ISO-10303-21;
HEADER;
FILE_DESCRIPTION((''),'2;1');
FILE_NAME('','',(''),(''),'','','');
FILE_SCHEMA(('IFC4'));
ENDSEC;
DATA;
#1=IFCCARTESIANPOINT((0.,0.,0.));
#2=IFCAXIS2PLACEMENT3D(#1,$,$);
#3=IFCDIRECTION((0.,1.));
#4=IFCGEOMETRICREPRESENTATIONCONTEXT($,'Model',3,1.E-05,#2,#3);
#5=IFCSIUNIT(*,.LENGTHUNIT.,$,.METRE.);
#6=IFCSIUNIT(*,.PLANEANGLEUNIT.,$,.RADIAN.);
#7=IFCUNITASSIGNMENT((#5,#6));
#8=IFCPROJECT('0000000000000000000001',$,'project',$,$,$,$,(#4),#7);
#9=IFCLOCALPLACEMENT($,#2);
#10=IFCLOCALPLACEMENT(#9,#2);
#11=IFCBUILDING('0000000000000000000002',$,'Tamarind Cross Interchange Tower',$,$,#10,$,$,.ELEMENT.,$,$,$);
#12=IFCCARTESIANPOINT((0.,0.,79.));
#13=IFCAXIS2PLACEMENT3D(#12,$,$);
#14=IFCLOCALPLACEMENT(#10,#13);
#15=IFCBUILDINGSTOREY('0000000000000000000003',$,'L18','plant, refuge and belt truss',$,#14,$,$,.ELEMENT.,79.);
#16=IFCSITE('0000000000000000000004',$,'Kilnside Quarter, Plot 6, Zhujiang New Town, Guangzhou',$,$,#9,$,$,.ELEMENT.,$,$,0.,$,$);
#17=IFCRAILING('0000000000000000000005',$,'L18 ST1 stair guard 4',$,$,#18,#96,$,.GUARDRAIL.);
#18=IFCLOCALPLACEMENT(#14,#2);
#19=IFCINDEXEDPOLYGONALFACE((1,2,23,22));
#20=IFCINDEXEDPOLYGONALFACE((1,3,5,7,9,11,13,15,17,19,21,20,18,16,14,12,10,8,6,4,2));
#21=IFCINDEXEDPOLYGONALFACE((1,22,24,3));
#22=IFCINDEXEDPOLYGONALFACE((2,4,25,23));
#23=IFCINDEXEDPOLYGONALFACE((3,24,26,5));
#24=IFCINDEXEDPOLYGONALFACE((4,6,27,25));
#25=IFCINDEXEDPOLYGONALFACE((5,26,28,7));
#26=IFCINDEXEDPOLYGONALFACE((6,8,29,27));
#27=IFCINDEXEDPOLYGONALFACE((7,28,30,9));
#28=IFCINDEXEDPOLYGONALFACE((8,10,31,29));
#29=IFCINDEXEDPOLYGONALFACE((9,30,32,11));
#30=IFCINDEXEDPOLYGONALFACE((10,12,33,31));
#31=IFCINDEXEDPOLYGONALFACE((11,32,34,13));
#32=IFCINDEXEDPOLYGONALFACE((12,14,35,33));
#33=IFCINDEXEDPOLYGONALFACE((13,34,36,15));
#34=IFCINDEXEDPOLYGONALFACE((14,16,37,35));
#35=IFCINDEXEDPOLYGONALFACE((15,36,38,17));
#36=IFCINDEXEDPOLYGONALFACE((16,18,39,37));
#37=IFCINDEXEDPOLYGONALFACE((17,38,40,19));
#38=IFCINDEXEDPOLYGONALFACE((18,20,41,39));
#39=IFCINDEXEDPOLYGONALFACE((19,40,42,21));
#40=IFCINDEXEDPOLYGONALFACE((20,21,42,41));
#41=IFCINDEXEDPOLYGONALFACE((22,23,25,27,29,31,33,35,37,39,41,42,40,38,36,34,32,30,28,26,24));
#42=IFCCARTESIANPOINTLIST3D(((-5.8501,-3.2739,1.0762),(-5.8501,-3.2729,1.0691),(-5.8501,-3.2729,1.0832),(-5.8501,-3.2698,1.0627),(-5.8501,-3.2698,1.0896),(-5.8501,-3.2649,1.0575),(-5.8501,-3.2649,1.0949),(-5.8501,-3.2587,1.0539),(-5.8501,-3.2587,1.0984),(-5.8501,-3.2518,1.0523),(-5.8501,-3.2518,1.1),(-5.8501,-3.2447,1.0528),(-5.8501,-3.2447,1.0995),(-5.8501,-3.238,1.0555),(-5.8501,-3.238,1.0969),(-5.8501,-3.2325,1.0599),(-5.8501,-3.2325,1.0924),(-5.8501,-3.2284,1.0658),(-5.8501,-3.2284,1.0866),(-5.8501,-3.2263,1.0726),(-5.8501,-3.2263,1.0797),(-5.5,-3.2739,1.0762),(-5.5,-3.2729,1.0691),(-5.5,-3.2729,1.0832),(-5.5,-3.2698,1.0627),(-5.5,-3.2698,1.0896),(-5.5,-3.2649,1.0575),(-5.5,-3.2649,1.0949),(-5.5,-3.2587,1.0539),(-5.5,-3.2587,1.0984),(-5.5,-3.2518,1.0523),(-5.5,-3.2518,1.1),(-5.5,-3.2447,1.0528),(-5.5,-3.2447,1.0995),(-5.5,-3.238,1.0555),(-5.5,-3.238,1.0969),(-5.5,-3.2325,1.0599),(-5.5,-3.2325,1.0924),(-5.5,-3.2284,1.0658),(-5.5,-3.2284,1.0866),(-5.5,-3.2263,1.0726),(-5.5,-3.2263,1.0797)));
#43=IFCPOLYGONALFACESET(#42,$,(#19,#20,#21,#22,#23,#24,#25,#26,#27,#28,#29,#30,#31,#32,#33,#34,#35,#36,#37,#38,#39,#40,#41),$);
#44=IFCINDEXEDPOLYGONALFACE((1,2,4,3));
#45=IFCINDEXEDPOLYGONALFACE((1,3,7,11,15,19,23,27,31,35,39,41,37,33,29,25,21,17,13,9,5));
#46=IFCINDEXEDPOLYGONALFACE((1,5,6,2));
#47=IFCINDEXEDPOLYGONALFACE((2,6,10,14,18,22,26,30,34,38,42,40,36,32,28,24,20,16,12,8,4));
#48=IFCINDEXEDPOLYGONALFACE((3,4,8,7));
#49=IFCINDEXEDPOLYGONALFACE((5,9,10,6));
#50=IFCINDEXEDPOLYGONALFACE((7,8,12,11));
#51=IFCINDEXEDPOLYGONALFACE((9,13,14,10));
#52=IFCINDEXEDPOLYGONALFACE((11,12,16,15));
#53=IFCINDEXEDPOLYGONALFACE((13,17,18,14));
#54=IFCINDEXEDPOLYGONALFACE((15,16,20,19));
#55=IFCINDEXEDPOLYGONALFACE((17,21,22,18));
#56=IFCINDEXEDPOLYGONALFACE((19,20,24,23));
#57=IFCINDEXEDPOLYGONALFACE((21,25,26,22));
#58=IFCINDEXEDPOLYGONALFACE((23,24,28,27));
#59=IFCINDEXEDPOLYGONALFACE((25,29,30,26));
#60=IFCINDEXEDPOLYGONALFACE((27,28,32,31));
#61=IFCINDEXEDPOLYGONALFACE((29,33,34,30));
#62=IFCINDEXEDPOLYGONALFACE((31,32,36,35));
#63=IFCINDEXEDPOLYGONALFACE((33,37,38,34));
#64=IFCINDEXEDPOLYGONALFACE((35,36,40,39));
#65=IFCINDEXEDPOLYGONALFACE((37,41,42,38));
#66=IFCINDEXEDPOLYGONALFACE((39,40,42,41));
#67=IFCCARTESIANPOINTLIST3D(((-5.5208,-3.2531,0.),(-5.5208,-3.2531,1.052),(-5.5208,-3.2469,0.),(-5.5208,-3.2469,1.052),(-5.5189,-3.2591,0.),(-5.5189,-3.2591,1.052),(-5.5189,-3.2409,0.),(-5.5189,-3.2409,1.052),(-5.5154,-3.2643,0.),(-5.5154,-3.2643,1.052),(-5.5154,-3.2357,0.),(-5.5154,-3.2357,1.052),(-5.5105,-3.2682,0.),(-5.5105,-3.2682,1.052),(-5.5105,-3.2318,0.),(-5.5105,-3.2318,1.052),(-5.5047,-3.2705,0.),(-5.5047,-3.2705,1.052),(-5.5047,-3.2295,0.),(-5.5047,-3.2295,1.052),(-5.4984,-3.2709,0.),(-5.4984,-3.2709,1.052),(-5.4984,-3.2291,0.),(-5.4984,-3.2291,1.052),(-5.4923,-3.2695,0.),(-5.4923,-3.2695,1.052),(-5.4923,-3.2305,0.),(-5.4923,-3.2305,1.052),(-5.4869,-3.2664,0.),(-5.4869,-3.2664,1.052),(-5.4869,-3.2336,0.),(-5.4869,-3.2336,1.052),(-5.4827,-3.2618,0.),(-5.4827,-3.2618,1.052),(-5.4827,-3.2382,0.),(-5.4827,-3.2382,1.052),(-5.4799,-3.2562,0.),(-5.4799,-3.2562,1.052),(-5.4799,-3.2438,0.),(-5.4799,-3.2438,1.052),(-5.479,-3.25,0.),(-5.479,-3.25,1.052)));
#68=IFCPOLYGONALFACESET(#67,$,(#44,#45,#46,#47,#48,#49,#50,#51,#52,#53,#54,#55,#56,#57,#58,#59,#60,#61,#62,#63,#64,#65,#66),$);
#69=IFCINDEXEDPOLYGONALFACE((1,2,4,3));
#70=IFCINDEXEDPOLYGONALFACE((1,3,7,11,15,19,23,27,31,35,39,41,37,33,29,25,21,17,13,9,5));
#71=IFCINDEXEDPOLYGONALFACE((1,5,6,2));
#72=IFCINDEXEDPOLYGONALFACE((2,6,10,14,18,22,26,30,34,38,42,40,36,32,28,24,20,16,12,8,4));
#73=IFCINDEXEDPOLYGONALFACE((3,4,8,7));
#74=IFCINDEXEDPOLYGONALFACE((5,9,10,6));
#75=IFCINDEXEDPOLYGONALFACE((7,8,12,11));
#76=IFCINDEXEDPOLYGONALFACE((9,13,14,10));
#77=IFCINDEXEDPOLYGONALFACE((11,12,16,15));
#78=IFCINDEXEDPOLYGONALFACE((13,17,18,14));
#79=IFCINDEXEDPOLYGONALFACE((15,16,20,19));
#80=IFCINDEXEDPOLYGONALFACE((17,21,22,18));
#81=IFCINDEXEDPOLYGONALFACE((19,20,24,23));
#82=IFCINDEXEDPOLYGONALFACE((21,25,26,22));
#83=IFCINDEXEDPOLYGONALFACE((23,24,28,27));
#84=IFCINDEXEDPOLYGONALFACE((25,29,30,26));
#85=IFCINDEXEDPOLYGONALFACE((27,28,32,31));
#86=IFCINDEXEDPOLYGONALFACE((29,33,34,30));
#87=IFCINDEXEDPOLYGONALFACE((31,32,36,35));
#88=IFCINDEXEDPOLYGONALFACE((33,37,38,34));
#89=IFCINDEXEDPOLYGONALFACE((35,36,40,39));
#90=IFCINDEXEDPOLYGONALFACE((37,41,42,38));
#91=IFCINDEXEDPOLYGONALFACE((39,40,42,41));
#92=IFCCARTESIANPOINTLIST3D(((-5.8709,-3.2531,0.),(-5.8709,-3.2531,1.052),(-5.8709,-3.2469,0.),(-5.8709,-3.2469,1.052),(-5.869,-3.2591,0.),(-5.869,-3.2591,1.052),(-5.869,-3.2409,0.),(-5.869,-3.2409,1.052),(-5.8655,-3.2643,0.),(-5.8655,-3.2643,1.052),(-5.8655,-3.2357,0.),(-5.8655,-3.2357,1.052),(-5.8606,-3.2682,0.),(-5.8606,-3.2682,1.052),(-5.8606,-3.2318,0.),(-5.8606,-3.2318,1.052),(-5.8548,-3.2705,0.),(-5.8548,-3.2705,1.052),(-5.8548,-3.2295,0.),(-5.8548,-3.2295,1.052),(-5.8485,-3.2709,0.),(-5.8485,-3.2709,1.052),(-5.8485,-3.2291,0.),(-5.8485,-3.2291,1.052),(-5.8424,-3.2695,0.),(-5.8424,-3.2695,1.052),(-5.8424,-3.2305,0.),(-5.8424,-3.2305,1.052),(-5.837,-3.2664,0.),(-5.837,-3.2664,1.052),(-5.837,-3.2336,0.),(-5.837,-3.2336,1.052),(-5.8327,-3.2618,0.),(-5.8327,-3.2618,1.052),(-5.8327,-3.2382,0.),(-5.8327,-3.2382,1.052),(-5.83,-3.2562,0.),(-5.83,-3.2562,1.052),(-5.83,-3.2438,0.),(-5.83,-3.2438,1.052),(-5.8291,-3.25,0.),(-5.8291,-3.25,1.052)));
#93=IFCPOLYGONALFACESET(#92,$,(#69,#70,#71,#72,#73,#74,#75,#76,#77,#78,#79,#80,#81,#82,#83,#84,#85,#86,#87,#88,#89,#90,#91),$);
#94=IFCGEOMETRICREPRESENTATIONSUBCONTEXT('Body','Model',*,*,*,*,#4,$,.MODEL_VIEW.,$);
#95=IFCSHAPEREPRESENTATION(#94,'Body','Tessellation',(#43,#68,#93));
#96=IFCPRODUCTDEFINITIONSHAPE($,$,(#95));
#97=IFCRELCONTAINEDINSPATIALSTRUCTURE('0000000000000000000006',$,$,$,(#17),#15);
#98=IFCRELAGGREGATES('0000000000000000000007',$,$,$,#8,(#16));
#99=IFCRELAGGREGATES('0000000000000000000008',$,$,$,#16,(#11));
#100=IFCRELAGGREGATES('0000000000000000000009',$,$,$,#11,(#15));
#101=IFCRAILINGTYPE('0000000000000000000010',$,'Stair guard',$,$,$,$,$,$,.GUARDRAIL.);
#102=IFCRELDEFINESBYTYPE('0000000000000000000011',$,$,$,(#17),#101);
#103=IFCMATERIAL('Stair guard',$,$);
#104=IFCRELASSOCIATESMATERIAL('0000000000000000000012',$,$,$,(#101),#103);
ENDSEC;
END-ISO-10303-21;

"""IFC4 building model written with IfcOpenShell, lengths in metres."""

from ifc_helpers import new_model, si_unit, direction, frame, origin, origin_2d, place, context, subcontext, project, spatial, circle, extrude, material, type_object, element, save


model = new_model("IFC4")

# Units and contexts
model_context = context("Model", 3, precision=1e-05, world=origin(), true_north=direction((0.0, 1.0)))
body_context = subcontext(model_context, "Body", "Model", "MODEL_VIEW")
ifc_project = project(units=[si_unit("LENGTHUNIT", "METRE"), si_unit("PLANEANGLEUNIT", "RADIAN")], contexts=[model_context])

# Site, building, storey
site_placement = place(None, origin())
site = spatial("IfcSite", under=ifc_project, at=site_placement, Name="Kilnside Quarter, Plot 6, Zhujiang New Town, Guangzhou", CompositionType="ELEMENT", RefElevation=0.0)
building_placement = place(site_placement, origin())
building = spatial("IfcBuilding", under=site, at=building_placement, Name="Tamarind Cross Interchange Tower", CompositionType="ELEMENT")
storey_placement = place(building_placement, frame((0.0, 0.0, 79.0)))
storey = spatial("IfcBuildingStorey", under=building, at=storey_placement, Name="L18", Description="plant, refuge and belt truss", CompositionType="ELEMENT", Elevation=79.0)

# Railing
ifc_material_1 = material(Name="Stair guard")
railing_type_1 = type_object("IfcRailingType", Name="Stair guard", PredefinedType="GUARDRAIL", material=ifc_material_1)
railing_1_placement = place(storey_placement, frame((-5.5, -3.25, 0.0)))
element("IfcRailing", 1, at=railing_1_placement, inside=storey, type_object=railing_type_1, Name="L18 ST1 stair guard 4", PredefinedType="GUARDRAIL", context=body_context, shape_type="SweptSolid", body=[
    extrude(circle(Radius=0.0239, at=origin_2d()), frame((0.0, 0.0, 1.0762), z_axis=(-1.0, 0.0, 0.0), x_axis=(0.0, -1.0, 0.0)), (0.0, 0.0, 1.0), 0.3501),
    extrude(circle(Radius=0.021, at=origin_2d()), origin(), (0.0, 0.0, 1.0), 1.052),
    extrude(circle(Radius=0.021, at=origin_2d()), frame((-0.3501, 0.0, 0.0)), (0.0, 0.0, 1.0), 1.052),
])

save(model, "model.ifc")
